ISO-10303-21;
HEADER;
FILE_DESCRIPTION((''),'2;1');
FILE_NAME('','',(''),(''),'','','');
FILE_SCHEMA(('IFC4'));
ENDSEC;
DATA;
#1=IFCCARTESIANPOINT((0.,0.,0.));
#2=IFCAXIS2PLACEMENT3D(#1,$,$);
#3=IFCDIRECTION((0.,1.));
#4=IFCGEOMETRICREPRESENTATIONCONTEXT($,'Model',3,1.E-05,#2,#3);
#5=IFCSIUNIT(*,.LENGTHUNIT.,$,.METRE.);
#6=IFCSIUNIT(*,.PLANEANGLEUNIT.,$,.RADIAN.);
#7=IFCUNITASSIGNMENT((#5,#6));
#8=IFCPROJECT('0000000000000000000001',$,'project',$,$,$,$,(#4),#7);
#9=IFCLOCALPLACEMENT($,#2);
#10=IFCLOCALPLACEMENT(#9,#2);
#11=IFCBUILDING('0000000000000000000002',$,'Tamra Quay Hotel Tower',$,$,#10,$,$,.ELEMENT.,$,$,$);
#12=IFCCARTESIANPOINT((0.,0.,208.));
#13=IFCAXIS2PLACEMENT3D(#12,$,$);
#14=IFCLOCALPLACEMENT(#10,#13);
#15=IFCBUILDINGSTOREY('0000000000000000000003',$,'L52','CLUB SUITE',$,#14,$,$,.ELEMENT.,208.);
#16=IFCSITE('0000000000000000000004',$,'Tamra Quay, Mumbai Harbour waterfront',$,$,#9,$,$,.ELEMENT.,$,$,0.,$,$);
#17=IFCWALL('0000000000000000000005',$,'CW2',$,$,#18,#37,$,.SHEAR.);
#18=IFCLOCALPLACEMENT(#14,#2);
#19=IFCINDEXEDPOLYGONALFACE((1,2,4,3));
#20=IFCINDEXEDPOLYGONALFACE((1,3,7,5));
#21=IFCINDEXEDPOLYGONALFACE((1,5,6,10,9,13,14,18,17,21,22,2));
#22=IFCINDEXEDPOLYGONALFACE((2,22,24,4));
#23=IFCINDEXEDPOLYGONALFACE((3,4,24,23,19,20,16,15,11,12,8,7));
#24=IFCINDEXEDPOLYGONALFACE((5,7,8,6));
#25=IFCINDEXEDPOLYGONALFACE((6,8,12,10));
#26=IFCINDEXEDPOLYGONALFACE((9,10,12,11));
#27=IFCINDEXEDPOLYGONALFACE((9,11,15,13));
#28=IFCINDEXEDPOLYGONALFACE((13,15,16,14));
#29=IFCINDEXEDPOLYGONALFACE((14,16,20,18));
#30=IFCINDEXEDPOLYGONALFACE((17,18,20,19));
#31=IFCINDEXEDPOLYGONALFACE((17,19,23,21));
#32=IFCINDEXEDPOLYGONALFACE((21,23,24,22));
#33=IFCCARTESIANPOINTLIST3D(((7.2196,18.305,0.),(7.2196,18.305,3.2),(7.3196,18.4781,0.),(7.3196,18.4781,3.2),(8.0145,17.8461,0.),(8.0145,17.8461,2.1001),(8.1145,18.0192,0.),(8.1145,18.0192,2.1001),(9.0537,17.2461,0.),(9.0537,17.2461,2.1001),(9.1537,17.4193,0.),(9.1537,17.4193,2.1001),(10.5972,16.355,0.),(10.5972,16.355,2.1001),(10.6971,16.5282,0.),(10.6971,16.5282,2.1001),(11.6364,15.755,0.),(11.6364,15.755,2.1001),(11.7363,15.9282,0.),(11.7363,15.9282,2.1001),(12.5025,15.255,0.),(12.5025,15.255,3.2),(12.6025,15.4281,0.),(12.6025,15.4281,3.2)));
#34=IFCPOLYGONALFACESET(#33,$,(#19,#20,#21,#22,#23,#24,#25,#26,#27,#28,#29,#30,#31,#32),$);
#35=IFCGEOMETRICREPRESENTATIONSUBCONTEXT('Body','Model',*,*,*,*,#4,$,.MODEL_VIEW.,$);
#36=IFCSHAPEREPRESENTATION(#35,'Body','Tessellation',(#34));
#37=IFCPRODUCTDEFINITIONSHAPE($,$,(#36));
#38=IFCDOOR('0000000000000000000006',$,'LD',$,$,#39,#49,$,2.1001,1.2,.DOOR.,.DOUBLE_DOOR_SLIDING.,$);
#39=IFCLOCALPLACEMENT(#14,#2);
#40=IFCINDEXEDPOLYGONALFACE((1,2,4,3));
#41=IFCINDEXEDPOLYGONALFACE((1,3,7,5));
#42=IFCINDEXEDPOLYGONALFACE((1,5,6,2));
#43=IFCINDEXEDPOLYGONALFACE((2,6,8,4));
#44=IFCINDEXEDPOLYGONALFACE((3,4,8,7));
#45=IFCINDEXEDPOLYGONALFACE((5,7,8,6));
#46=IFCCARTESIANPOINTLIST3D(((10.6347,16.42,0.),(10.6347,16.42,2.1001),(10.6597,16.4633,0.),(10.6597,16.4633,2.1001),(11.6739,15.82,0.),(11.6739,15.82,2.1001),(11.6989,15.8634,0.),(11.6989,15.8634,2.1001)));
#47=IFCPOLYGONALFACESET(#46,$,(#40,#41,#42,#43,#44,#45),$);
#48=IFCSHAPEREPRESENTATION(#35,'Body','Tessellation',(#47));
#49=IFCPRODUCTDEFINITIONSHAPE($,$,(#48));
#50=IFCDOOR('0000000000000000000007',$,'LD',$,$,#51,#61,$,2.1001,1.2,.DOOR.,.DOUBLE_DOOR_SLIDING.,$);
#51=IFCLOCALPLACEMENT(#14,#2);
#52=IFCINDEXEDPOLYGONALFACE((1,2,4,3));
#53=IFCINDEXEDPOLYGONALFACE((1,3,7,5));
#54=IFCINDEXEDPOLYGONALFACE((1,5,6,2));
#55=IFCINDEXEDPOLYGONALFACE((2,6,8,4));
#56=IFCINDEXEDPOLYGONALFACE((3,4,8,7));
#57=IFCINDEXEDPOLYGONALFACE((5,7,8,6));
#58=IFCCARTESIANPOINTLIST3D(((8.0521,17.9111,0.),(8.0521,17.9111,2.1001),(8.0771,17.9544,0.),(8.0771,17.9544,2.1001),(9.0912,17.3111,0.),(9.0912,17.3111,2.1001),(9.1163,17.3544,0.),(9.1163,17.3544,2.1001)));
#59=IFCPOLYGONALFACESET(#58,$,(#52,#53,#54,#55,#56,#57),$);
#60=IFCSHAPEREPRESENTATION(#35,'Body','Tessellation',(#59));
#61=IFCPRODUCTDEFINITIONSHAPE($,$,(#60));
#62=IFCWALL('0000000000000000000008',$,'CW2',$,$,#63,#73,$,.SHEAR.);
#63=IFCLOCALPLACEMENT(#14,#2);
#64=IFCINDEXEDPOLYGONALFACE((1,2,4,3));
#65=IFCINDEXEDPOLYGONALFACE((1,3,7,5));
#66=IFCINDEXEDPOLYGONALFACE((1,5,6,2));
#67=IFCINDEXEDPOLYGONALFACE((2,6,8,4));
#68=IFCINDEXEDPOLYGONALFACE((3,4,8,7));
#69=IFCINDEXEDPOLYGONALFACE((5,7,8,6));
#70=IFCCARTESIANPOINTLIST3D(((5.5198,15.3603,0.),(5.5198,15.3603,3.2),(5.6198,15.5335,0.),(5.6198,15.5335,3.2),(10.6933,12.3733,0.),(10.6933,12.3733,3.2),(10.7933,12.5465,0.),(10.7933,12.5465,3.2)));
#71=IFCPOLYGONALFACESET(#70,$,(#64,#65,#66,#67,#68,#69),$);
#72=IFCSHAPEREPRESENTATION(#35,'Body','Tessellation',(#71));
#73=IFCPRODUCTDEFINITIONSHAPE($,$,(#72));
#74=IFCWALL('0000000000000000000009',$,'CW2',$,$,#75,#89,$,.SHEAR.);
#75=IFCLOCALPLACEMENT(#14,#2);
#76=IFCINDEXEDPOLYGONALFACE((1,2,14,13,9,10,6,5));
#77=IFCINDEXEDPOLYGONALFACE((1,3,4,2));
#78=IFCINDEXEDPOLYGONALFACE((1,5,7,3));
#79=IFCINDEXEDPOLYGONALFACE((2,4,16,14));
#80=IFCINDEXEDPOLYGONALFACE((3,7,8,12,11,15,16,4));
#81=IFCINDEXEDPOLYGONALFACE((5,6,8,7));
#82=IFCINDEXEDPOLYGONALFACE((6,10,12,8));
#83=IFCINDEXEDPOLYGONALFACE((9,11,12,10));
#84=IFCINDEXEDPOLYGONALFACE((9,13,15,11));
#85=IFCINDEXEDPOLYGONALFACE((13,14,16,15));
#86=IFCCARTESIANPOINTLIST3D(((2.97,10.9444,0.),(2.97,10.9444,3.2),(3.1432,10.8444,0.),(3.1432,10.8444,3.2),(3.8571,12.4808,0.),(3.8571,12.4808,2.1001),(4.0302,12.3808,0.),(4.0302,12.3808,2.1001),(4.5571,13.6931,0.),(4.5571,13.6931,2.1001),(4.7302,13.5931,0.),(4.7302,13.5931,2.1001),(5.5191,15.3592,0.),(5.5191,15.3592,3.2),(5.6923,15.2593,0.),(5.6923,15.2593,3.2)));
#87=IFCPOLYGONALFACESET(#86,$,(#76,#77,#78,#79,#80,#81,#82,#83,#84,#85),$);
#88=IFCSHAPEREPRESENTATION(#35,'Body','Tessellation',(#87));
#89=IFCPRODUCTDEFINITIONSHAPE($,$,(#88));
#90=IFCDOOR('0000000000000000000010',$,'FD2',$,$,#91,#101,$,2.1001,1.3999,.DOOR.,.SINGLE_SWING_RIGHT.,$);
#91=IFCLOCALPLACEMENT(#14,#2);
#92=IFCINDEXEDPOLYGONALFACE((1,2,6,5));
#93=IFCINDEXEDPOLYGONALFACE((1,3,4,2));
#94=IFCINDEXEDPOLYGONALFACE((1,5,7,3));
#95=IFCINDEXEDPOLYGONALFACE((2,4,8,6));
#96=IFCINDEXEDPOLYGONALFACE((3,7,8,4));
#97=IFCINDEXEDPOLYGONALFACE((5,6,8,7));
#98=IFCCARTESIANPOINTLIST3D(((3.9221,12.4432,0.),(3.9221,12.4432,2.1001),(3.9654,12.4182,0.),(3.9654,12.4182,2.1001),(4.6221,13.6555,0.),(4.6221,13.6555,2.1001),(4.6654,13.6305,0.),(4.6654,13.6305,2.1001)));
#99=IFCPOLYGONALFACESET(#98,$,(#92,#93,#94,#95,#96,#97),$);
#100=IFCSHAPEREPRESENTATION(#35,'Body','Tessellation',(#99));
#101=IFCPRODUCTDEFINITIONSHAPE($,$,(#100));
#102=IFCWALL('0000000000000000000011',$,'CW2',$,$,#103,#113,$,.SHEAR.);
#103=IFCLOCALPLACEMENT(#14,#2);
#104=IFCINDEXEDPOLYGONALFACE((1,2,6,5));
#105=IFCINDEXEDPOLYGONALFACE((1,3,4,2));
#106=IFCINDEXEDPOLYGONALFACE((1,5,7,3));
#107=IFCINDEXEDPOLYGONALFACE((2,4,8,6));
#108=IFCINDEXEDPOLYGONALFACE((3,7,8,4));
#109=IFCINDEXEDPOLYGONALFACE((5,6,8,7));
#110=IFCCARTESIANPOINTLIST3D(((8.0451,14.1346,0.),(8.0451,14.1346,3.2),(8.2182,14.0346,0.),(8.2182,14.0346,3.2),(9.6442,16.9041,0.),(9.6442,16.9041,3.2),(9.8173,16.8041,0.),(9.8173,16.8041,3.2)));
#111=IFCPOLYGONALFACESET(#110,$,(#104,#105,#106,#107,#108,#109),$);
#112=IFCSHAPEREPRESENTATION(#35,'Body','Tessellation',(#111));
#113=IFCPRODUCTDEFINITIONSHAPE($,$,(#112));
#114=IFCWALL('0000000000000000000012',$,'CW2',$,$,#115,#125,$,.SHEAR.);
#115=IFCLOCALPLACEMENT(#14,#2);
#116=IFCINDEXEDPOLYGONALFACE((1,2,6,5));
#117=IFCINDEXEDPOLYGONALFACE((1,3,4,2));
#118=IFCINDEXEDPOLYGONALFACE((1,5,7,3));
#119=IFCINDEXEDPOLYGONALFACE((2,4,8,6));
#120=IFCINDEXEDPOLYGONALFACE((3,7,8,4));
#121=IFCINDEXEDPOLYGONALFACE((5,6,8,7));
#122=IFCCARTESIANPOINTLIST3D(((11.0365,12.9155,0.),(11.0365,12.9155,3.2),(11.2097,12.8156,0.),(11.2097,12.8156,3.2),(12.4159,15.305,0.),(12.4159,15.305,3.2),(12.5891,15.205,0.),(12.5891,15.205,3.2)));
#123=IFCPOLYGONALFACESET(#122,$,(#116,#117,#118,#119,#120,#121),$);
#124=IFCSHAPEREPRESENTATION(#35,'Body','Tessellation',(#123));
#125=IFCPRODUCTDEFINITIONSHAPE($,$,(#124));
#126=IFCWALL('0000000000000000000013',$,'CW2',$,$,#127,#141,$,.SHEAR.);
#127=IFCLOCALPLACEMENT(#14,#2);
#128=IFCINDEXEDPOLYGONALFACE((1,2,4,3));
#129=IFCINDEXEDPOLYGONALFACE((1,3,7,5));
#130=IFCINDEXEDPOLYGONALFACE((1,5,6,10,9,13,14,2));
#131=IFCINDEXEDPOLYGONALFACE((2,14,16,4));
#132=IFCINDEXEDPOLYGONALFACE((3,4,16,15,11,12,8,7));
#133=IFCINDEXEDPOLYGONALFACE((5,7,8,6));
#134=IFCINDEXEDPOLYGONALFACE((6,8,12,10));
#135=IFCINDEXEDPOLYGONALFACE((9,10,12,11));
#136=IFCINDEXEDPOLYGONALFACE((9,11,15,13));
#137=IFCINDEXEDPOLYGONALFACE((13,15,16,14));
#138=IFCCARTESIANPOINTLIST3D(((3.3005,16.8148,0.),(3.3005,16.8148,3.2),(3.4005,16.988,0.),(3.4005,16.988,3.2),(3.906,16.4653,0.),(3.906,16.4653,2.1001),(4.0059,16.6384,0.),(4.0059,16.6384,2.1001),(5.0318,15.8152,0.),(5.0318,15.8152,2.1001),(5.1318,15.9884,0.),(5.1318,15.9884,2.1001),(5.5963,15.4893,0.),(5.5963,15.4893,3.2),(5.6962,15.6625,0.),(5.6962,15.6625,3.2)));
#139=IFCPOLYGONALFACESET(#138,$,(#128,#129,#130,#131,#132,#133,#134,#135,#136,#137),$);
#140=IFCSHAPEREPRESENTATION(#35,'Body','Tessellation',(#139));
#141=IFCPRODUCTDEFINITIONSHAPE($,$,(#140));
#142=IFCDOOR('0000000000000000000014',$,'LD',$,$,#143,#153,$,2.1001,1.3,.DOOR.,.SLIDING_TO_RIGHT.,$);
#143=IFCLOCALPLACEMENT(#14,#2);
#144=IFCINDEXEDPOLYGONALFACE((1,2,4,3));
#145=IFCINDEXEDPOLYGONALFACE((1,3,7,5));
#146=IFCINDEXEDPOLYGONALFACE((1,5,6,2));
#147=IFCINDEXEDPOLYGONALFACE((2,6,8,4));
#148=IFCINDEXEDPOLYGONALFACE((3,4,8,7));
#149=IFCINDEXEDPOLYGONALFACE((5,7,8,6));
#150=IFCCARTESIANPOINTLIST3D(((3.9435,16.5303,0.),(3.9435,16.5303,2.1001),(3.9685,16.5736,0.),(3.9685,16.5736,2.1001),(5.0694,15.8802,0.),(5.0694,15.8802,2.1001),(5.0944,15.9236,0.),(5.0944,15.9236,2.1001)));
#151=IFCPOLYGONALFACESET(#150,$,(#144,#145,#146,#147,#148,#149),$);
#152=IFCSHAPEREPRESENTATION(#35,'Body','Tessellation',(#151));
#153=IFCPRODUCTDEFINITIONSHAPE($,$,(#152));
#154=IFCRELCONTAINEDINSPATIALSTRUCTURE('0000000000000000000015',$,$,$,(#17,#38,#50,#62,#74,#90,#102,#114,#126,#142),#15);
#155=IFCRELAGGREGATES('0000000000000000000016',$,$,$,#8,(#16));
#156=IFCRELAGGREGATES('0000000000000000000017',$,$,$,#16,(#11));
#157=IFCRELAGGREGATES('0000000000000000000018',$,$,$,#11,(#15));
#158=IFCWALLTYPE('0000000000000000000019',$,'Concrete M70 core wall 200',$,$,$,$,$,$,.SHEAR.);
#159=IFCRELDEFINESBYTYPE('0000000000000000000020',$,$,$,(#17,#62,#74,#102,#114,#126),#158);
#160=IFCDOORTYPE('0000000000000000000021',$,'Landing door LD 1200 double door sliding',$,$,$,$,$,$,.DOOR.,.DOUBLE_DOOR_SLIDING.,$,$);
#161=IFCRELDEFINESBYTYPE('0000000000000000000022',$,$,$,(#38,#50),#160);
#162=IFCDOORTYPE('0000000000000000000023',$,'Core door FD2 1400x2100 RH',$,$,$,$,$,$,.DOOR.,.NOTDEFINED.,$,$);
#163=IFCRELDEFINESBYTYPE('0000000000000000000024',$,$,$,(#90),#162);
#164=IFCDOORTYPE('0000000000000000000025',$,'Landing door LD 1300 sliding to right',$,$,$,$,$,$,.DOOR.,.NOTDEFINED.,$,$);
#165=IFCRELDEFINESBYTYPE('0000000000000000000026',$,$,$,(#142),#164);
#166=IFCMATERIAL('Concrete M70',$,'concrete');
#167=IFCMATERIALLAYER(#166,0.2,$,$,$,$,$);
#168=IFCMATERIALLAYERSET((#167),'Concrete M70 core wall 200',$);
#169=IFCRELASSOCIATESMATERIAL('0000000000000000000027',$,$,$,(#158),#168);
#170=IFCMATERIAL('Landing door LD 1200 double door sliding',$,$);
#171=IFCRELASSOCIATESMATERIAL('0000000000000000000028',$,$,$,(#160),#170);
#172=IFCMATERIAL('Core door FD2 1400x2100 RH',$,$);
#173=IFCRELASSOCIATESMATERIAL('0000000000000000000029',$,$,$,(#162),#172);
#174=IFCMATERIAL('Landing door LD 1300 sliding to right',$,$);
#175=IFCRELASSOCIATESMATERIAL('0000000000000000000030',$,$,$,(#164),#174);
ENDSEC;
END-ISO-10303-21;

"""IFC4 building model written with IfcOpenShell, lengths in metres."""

from ifc_helpers import new_model, si_unit, direction, frame, frame_2d, origin, place, context, subcontext, project, spatial, rectangle, extrude, material, layer, layer_set, type_object, element, fill, save


model = new_model("IFC4")

# Units and contexts
model_context = context("Model", 3, precision=1e-05, world=origin(), true_north=direction((0.0, 1.0)))
body_context = subcontext(model_context, "Body", "Model", "MODEL_VIEW")
ifc_project = project(units=[si_unit("LENGTHUNIT", "METRE"), si_unit("PLANEANGLEUNIT", "RADIAN")], contexts=[model_context])

# Site, building, storey
site_placement = place(None, origin())
site = spatial("IfcSite", under=ifc_project, at=site_placement, Name="Tamra Quay, Mumbai Harbour waterfront", CompositionType="ELEMENT", RefElevation=0.0)
building_placement = place(site_placement, origin())
building = spatial("IfcBuilding", under=site, at=building_placement, Name="Tamra Quay Hotel Tower", CompositionType="ELEMENT")
storey_placement = place(building_placement, frame((0.0, 0.0, 208.0)))
storey = spatial("IfcBuildingStorey", under=building, at=storey_placement, Name="L52", Description="CLUB SUITE", CompositionType="ELEMENT", Elevation=208.0)

# Wall, openings, doors
ifc_material_1 = material(Name="Concrete M70", Category="concrete")
ifc_layer_1 = layer(ifc_material_1, 0.2)
ifc_layer_set_1 = layer_set([ifc_layer_1], Name="Concrete M70 core wall 200")
wall_type_1 = type_object("IfcWallType", Name="Concrete M70 core wall 200", PredefinedType="SHEAR", material=ifc_layer_set_1)
wall_1_placement = place(storey_placement, frame((12.5525, 15.3416, 0.0), z_axis=(0.0, 0.0, 1.0), x_axis=(-0.86603, 0.499992, 0.0)))
wall_1 = element("IfcWall", 1, at=wall_1_placement, inside=storey, type_object=wall_type_1, Name="CW2", PredefinedType="SHEAR", context=body_context, shape_type="SweptSolid", body=[
    extrude(rectangle(XDim=6.1001, YDim=0.2, at=frame_2d((3.05, 0.0))), origin(), (0.0, 0.0, 1.0), 3.2),
])
opening_1_placement = place(wall_1_placement, frame((1.0, 0.0, 0.0)))
opening_1 = element("IfcOpeningElement", 2, at=opening_1_placement, cuts=wall_1, PredefinedType="OPENING", context=body_context, shape_type="SweptSolid", body=[
    extrude(rectangle(XDim=1.2, YDim=2.1001, at=frame_2d((0.6001, 1.05))), frame((0.0, 0.1099, 0.0), z_axis=(0.0, -1.0, 0.0), x_axis=(1.0, 0.0, 0.0)), (0.0, 0.0, 1.0), 0.22),
])
opening_2_placement = place(wall_1_placement, frame((3.9822, 0.0, 0.0)))
opening_2 = element("IfcOpeningElement", 3, at=opening_2_placement, cuts=wall_1, PredefinedType="OPENING", context=body_context, shape_type="SweptSolid", body=[
    extrude(rectangle(XDim=1.2, YDim=2.1001, at=frame_2d((0.6001, 1.05))), frame((0.0, 0.1099, 0.0), z_axis=(0.0, -1.0, 0.0), x_axis=(1.0, 0.0, 0.0)), (0.0, 0.0, 1.0), 0.22),
])
ifc_material_2 = material(Name="Landing door LD 1200 double door sliding")
door_type_1 = type_object("IfcDoorType", Name="Landing door LD 1200 double door sliding", OperationType="DOUBLE_DOOR_SLIDING", PredefinedType="DOOR", material=ifc_material_2)
door_1_placement = place(opening_1_placement, origin())
door_1 = element("IfcDoor", 4, at=door_1_placement, inside=storey, type_object=door_type_1, Name="LD", OperationType="DOUBLE_DOOR_SLIDING", OverallHeight=2.1001, OverallWidth=1.2, PredefinedType="DOOR", context=body_context, shape_type="SweptSolid", body=[
    extrude(rectangle(XDim=1.2, YDim=2.1001, at=frame_2d((0.6001, 1.05))), frame((0.0, 0.0249, 0.0), z_axis=(0.0, -1.0, 0.0), x_axis=(1.0, 0.0, 0.0)), (0.0, 0.0, 1.0), 0.05),
])
fill(opening_1, door_1)
door_2_placement = place(opening_2_placement, origin())
door_2 = element("IfcDoor", 5, at=door_2_placement, inside=storey, type_object=door_type_1, Name="LD", OperationType="DOUBLE_DOOR_SLIDING", OverallHeight=2.1001, OverallWidth=1.2, PredefinedType="DOOR", context=body_context, shape_type="SweptSolid", body=[
    extrude(rectangle(XDim=1.2, YDim=2.1001, at=frame_2d((0.6001, 1.05))), frame((0.0, 0.0249, 0.0), z_axis=(0.0, -1.0, 0.0), x_axis=(1.0, 0.0, 0.0)), (0.0, 0.0, 1.0), 0.05),
])
fill(opening_2, door_2)

# Wall
wall_2_placement = place(storey_placement, frame((10.7432, 12.46, 0.0), z_axis=(0.0, 0.0, 1.0), x_axis=(-0.866019, 0.500011, 0.0)))
element("IfcWall", 6, at=wall_2_placement, inside=storey, type_object=wall_type_1, Name="CW2", PredefinedType="SHEAR", context=body_context, shape_type="SweptSolid", body=[
    extrude(rectangle(XDim=5.9739, YDim=0.2, at=frame_2d((2.9868, 0.0))), origin(), (0.0, 0.0, 1.0), 3.2),
])

# Wall, opening, door
wall_3_placement = place(storey_placement, frame((3.0566, 10.8945, 0.0), z_axis=(0.0, 0.0, 1.0), x_axis=(0.500028, 0.866009, 0.0)))
wall_3 = element("IfcWall", 7, at=wall_3_placement, inside=storey, type_object=wall_type_1, Name="CW2", PredefinedType="SHEAR", context=body_context, shape_type="SweptSolid", body=[
    extrude(rectangle(XDim=5.0979, YDim=0.2, at=frame_2d((2.5488, 0.0))), origin(), (0.0, 0.0, 1.0), 3.2),
])
opening_3_placement = place(wall_3_placement, frame((1.7739, 0.0, 0.0)))
opening_3 = element("IfcOpeningElement", 8, at=opening_3_placement, cuts=wall_3, PredefinedType="OPENING", context=body_context, shape_type="SweptSolid", body=[
    extrude(rectangle(XDim=1.3999, YDim=2.1001, at=frame_2d((0.7, 1.05))), frame((0.0, 0.1099, 0.0), z_axis=(0.0, -1.0, 0.0), x_axis=(1.0, 0.0, 0.0)), (0.0, 0.0, 1.0), 0.22),
])
ifc_material_3 = material(Name="Core door FD2 1400x2100 RH")
door_type_2 = type_object("IfcDoorType", Name="Core door FD2 1400x2100 RH", OperationType="NOTDEFINED", PredefinedType="DOOR", material=ifc_material_3)
door_3_placement = place(opening_3_placement, origin())
door_3 = element("IfcDoor", 9, at=door_3_placement, inside=storey, type_object=door_type_2, Name="FD2", OperationType="SINGLE_SWING_RIGHT", OverallHeight=2.1001, OverallWidth=1.3999, PredefinedType="DOOR", context=body_context, shape_type="SweptSolid", body=[
    extrude(rectangle(XDim=1.3999, YDim=2.1001, at=frame_2d((0.7, 1.05))), frame((0.0, 0.0249, 0.0), z_axis=(0.0, -1.0, 0.0), x_axis=(1.0, 0.0, 0.0)), (0.0, 0.0, 1.0), 0.05),
])
fill(opening_3, door_3)

# Walls
wall_4_placement = place(storey_placement, frame((8.1316, 14.0845, 0.0), z_axis=(0.0, 0.0, 1.0), x_axis=(0.500031, 0.866008, 0.0)))
element("IfcWall", 10, at=wall_4_placement, inside=storey, type_object=wall_type_1, Name="CW2", PredefinedType="SHEAR", context=body_context, shape_type="SweptSolid", body=[
    extrude(rectangle(XDim=3.198, YDim=0.2, at=frame_2d((1.5991, 0.0))), origin(), (0.0, 0.0, 1.0), 3.2),
])
wall_5_placement = place(storey_placement, frame((12.5024, 15.2549, 0.0), z_axis=(0.0, 0.0, 1.0), x_axis=(-0.499965, -0.866046, 0.0)))
element("IfcWall", 11, at=wall_5_placement, inside=storey, type_object=wall_type_1, Name="CW2", PredefinedType="SHEAR", context=body_context, shape_type="SweptSolid", body=[
    extrude(rectangle(XDim=2.759, YDim=0.2, at=frame_2d((1.3794, 0.0))), origin(), (0.0, 0.0, 1.0), 3.2),
])

# Wall, opening, door
wall_6_placement = place(storey_placement, frame((5.6462, 15.5759, 0.0), z_axis=(0.0, 0.0, 1.0), x_axis=(-0.866018, 0.500012, 0.0)))
wall_6 = element("IfcWall", 12, at=wall_6_placement, inside=storey, type_object=wall_type_1, Name="CW2", PredefinedType="SHEAR", context=body_context, shape_type="SweptSolid", body=[
    extrude(rectangle(XDim=2.6509, YDim=0.2, at=frame_2d((1.3254, 0.0))), origin(), (0.0, 0.0, 1.0), 3.2),
])
opening_4_placement = place(wall_6_placement, frame((0.6519, 0.0, 0.0)))
opening_4 = element("IfcOpeningElement", 13, at=opening_4_placement, cuts=wall_6, PredefinedType="OPENING", context=body_context, shape_type="SweptSolid", body=[
    extrude(rectangle(XDim=1.3, YDim=2.1001, at=frame_2d((0.6499, 1.05))), frame((0.0, 0.1099, 0.0), z_axis=(0.0, -1.0, 0.0), x_axis=(1.0, 0.0, 0.0)), (0.0, 0.0, 1.0), 0.22),
])
ifc_material_4 = material(Name="Landing door LD 1300 sliding to right")
door_type_3 = type_object("IfcDoorType", Name="Landing door LD 1300 sliding to right", OperationType="NOTDEFINED", PredefinedType="DOOR", material=ifc_material_4)
door_4_placement = place(opening_4_placement, origin())
door_4 = element("IfcDoor", 14, at=door_4_placement, inside=storey, type_object=door_type_3, Name="LD", OperationType="SLIDING_TO_RIGHT", OverallHeight=2.1001, OverallWidth=1.3, PredefinedType="DOOR", context=body_context, shape_type="SweptSolid", body=[
    extrude(rectangle(XDim=1.3, YDim=2.1001, at=frame_2d((0.6499, 1.05))), frame((0.0, 0.0249, 0.0), z_axis=(0.0, -1.0, 0.0), x_axis=(1.0, 0.0, 0.0)), (0.0, 0.0, 1.0), 0.05),
])
fill(opening_4, door_4)

save(model, "model.ifc")
